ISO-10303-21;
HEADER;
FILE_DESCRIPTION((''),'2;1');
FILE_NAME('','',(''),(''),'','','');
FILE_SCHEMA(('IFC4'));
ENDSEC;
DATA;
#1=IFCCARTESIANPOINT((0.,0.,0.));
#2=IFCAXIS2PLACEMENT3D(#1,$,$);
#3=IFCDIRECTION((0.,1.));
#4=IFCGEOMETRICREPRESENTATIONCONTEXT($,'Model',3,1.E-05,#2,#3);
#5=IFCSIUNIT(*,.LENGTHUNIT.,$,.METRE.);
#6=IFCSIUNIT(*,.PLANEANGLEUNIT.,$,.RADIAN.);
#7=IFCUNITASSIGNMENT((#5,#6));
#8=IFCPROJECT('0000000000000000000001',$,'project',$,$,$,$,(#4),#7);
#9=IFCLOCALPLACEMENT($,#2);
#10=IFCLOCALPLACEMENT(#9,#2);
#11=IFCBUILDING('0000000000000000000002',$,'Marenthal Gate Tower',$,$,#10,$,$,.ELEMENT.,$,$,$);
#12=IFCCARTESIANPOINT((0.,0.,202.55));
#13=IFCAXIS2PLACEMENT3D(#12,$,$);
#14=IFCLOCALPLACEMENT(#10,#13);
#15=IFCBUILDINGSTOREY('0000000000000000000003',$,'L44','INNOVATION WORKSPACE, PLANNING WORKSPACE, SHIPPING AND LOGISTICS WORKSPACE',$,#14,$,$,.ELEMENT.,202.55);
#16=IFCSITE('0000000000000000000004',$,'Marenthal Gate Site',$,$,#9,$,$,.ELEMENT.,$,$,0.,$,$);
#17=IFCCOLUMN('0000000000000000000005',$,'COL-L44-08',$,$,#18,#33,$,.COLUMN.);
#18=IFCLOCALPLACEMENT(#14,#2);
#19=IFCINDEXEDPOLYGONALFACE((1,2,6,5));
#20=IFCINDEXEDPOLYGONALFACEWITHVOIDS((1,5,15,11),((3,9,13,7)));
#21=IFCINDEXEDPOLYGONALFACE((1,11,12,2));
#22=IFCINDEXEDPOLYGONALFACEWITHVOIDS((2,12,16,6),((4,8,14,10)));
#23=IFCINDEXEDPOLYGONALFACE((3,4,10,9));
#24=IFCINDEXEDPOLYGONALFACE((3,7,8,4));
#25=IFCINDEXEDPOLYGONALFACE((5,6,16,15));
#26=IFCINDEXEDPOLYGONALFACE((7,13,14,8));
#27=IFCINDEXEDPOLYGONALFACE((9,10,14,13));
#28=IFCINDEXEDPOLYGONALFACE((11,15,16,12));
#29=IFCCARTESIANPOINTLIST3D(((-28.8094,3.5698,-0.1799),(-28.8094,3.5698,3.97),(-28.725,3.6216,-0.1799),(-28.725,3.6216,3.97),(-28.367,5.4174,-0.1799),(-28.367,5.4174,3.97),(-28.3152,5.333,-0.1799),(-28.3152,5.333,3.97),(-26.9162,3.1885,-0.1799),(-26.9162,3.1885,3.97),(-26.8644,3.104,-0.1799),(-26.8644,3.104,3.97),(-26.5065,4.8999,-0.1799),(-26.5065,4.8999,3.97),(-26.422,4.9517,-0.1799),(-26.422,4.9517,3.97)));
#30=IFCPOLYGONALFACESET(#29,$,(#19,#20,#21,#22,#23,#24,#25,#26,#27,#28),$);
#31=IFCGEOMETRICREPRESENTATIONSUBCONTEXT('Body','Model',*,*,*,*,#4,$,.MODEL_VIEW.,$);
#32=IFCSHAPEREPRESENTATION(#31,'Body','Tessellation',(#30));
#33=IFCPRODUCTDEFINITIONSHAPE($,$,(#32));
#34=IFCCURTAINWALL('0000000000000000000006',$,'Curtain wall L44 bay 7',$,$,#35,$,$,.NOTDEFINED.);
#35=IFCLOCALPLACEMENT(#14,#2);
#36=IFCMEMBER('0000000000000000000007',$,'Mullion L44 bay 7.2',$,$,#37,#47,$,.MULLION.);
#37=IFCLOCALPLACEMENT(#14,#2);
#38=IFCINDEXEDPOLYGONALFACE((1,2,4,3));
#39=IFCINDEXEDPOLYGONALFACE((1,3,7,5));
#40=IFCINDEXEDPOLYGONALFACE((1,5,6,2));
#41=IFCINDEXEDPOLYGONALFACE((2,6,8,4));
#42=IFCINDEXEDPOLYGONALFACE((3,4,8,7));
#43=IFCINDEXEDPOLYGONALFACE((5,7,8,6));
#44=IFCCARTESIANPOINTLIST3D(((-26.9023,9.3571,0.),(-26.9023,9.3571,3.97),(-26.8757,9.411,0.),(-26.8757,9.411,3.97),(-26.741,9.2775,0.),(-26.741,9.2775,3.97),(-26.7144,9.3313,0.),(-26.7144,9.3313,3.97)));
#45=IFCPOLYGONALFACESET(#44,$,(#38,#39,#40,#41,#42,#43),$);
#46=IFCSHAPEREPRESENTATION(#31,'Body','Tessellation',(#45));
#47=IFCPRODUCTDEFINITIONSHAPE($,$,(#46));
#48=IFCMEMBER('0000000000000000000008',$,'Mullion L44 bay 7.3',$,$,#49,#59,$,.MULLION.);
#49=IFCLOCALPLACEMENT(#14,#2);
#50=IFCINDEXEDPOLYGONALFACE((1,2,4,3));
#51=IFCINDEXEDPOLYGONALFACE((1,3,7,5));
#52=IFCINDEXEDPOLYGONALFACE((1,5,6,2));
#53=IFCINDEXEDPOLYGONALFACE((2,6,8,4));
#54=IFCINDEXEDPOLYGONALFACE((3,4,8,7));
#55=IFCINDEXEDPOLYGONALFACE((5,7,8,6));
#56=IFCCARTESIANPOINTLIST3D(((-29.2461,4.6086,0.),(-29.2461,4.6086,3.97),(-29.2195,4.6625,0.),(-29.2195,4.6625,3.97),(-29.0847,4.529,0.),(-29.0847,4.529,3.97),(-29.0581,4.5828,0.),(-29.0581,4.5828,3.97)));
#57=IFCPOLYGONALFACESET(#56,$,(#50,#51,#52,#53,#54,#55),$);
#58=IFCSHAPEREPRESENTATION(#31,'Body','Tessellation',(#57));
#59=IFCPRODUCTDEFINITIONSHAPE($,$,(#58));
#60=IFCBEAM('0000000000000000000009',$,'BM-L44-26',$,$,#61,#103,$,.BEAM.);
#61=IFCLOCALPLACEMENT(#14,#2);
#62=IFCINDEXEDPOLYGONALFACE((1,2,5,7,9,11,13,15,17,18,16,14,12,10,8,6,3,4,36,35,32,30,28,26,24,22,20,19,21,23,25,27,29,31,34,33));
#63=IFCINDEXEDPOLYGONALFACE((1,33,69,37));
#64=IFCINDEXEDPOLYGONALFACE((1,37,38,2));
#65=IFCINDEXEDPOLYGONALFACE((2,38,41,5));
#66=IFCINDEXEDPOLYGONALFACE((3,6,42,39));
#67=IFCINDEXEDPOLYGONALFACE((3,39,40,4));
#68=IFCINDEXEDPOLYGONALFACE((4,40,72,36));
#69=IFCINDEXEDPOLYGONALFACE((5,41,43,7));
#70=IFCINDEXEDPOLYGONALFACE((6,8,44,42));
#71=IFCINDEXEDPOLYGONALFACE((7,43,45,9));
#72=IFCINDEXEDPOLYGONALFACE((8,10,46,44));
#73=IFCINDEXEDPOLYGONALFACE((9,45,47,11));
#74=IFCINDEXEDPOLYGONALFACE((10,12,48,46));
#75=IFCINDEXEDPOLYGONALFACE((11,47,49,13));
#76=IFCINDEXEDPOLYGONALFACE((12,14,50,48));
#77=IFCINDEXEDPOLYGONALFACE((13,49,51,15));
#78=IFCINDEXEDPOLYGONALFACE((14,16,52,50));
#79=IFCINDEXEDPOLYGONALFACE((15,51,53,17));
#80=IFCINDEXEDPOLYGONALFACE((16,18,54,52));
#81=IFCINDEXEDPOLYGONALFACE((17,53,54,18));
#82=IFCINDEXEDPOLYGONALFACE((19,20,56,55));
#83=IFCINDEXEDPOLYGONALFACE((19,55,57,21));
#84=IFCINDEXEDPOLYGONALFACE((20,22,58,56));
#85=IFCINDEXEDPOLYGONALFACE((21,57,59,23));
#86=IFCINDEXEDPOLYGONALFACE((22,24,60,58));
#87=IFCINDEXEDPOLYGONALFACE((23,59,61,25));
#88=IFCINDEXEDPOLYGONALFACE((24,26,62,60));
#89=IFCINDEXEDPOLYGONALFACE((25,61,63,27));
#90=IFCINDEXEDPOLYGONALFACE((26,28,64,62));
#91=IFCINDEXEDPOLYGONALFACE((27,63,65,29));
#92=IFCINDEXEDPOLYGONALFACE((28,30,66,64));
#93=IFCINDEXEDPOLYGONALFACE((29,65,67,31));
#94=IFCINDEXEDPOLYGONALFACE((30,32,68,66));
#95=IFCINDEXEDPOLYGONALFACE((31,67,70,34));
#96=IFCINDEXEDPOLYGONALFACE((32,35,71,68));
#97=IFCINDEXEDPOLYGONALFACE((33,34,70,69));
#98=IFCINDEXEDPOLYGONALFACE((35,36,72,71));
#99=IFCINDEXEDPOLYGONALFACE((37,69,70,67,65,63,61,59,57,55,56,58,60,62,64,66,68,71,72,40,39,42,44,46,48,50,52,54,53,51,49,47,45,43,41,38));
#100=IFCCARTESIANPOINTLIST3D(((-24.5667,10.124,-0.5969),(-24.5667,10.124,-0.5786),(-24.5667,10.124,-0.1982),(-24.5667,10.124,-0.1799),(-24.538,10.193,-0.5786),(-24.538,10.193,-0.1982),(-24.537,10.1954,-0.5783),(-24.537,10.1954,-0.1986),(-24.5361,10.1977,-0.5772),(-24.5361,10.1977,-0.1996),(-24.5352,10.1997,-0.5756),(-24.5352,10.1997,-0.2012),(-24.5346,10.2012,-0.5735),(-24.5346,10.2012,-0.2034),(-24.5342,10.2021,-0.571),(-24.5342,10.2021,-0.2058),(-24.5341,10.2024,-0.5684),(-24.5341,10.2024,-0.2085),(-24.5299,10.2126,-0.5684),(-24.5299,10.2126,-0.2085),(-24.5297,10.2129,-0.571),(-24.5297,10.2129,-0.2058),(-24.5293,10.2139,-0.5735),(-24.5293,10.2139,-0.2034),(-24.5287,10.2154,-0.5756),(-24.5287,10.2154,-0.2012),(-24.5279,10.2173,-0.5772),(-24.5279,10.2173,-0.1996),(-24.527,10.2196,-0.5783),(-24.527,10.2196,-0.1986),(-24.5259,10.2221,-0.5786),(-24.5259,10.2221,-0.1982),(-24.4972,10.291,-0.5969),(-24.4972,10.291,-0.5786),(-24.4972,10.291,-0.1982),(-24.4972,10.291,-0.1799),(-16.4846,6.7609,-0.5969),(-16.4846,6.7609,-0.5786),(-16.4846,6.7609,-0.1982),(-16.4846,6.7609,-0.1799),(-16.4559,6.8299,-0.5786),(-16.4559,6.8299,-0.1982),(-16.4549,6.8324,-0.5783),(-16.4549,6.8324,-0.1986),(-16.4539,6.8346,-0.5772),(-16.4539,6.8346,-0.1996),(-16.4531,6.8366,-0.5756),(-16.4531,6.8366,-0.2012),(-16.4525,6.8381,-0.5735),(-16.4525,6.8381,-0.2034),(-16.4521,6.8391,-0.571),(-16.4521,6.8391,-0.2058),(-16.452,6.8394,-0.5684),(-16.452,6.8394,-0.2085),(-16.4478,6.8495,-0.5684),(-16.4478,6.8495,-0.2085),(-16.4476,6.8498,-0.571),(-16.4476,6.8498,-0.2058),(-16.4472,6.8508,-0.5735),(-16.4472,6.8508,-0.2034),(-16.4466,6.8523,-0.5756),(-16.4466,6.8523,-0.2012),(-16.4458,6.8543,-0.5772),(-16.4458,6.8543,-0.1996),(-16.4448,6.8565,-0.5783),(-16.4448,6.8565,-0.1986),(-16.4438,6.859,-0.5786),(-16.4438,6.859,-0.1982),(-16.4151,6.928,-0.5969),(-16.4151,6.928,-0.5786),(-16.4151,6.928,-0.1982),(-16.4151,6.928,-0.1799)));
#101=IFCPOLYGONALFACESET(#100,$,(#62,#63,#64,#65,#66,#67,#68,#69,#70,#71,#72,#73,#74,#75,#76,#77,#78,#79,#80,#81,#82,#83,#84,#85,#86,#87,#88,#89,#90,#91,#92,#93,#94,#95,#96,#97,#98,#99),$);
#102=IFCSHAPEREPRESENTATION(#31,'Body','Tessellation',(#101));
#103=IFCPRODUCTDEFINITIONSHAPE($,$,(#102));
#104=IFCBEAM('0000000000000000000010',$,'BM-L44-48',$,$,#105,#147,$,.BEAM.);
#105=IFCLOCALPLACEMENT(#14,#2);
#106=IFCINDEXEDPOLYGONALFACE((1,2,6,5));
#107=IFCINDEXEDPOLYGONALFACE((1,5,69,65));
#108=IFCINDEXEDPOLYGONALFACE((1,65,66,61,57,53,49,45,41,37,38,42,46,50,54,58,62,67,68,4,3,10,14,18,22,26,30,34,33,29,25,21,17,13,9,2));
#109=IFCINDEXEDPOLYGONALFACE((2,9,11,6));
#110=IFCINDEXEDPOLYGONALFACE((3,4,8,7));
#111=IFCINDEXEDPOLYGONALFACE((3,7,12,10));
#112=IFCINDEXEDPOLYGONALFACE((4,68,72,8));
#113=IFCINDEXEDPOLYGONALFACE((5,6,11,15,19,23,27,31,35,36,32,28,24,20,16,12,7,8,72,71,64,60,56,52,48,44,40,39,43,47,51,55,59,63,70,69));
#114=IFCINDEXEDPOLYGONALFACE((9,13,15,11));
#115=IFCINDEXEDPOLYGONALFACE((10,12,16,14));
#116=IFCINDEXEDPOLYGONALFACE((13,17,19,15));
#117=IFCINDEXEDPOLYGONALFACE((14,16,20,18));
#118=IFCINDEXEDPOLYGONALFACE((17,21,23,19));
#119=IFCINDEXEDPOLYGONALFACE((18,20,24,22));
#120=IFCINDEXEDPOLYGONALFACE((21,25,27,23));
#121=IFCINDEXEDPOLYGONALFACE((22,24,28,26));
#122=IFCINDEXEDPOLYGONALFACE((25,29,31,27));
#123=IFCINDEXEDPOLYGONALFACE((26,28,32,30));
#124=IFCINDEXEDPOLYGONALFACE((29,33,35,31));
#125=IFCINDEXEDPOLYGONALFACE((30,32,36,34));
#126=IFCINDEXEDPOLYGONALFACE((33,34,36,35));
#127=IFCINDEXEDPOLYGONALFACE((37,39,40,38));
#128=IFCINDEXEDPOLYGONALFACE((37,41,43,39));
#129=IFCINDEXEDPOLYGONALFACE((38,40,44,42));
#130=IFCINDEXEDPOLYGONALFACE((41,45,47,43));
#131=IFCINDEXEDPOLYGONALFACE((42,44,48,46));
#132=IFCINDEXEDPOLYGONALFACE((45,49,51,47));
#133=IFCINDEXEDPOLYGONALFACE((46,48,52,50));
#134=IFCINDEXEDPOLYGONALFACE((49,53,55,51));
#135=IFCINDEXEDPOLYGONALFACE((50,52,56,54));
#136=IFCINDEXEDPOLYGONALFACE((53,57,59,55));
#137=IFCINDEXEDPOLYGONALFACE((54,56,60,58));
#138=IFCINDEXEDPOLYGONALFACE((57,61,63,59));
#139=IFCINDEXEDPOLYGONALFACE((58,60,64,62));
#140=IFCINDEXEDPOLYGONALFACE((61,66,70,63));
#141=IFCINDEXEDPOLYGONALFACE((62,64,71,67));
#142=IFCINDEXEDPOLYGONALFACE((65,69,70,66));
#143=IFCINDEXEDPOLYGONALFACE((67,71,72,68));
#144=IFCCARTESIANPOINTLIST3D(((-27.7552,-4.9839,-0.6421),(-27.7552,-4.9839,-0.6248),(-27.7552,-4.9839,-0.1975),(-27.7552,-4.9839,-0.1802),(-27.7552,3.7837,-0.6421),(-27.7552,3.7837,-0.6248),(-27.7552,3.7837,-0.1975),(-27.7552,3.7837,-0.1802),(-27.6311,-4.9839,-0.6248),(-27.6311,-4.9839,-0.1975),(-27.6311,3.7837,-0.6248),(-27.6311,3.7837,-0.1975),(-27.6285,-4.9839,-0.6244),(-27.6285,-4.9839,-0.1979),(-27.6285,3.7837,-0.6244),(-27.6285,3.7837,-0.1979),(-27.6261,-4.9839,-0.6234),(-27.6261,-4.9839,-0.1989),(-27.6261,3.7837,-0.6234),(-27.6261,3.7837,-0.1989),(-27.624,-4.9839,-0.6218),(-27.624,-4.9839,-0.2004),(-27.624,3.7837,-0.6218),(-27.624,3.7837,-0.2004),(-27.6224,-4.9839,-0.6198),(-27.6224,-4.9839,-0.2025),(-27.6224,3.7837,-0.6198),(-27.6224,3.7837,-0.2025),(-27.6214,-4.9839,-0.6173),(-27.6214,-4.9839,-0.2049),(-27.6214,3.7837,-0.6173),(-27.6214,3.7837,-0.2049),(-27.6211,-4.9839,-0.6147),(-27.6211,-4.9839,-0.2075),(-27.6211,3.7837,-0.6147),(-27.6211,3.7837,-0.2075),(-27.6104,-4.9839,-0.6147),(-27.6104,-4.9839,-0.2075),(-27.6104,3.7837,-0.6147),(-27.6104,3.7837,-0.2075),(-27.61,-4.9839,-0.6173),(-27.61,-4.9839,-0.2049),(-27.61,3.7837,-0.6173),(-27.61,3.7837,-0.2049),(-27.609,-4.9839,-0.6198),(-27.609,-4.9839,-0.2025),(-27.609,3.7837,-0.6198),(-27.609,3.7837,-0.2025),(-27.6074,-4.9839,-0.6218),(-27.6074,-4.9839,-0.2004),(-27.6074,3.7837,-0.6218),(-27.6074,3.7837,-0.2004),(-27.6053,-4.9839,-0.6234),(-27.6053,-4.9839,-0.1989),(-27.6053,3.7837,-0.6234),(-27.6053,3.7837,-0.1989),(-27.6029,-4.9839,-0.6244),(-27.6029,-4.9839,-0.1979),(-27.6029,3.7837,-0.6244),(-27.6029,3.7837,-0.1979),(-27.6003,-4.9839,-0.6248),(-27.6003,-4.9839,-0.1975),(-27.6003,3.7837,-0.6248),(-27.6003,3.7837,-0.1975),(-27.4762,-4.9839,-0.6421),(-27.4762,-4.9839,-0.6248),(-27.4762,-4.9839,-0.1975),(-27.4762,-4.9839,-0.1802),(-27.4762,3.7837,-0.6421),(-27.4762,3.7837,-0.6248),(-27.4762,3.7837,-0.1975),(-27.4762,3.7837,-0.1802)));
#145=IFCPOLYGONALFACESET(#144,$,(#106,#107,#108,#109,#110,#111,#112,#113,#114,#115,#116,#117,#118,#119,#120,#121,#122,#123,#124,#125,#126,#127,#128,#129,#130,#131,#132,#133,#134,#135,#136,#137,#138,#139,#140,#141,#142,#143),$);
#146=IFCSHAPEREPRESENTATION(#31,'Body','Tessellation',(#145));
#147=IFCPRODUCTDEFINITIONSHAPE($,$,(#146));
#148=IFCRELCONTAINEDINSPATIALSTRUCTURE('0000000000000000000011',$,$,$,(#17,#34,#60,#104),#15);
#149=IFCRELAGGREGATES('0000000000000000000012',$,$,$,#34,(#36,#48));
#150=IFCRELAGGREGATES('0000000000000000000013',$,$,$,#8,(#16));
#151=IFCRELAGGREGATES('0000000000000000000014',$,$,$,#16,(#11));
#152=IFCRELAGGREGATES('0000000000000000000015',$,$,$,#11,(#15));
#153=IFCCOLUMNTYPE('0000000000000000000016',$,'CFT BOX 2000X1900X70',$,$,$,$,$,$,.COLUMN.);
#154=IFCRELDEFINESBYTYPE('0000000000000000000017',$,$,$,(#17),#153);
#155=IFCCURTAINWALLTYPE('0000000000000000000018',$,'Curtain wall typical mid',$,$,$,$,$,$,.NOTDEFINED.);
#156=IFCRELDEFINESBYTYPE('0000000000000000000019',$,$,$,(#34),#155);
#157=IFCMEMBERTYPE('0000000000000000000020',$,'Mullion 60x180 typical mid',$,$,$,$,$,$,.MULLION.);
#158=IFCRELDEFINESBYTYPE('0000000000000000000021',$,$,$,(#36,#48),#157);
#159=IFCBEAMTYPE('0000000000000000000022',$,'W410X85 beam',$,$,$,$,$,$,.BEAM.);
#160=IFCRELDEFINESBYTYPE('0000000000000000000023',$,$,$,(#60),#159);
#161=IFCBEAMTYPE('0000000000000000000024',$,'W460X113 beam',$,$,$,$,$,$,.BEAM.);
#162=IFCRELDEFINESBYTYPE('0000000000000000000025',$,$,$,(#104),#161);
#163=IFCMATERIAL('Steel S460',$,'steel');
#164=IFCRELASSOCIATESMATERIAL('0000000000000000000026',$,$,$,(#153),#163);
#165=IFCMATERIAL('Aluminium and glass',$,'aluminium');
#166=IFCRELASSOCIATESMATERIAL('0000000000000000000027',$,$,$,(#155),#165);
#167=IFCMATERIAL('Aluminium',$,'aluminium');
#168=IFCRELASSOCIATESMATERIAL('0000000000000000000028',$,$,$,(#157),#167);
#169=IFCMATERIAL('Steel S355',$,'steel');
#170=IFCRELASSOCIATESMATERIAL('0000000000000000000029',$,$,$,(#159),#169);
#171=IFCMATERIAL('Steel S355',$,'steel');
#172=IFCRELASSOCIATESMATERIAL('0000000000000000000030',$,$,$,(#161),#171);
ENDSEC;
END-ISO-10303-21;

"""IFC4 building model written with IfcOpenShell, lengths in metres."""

from ifc_helpers import new_model, si_unit, direction, frame, origin, origin_2d, place, context, subcontext, project, spatial, rectangle, hollow_rectangle, i_section, extrude, material, material_profile, profile_set, type_object, element, aggregate, save


model = new_model("IFC4")

# Units and contexts
model_context = context("Model", 3, precision=1e-05, world=origin(), true_north=direction((0.0, 1.0)))
body_context = subcontext(model_context, "Body", "Model", "MODEL_VIEW")
ifc_project = project(units=[si_unit("LENGTHUNIT", "METRE"), si_unit("PLANEANGLEUNIT", "RADIAN")], contexts=[model_context])

# Site, building, storey
site_placement = place(None, origin())
site = spatial("IfcSite", under=ifc_project, at=site_placement, Name="Marenthal Gate Site", CompositionType="ELEMENT", RefElevation=0.0)
building_placement = place(site_placement, origin())
building = spatial("IfcBuilding", under=site, at=building_placement, Name="Marenthal Gate Tower", CompositionType="ELEMENT")
storey_placement = place(building_placement, frame((0.0, 0.0, 202.55)))
storey = spatial("IfcBuildingStorey", under=building, at=storey_placement, Name="L44", Description="INNOVATION WORKSPACE, PLANNING WORKSPACE, SHIPPING AND LOGISTICS WORKSPACE", CompositionType="ELEMENT", Elevation=202.55)

# Column
ifc_material_1 = material(Name="Steel S460", Category="steel")
ifc_material_profile_1 = material_profile(ifc_material_1, hollow_rectangle(XDim=1.8999, YDim=2.0, WallThickness=0.0701, at=origin_2d()), Name="CFT BOX 2000X1900X70")
ifc_material_2 = material(Name="Concrete 70 MPa", Category="concrete")
ifc_material_profile_2 = material_profile(ifc_material_2, rectangle(XDim=1.76, YDim=1.8601, at=origin_2d()), Name="CFT BOX 2000X1900X70 INFILL")
ifc_profile_set_1 = profile_set([ifc_material_profile_1, ifc_material_profile_2], Name="Steel S460 shell, Concrete 70 MPa infill")
column_type = type_object("IfcColumnType", Name="CFT BOX 2000X1900X70", PredefinedType="COLUMN", material=ifc_profile_set_1)
column_placement = place(storey_placement, frame((-27.6157, 4.2607, -0.1799), z_axis=(0.0, 0.0, 1.0), x_axis=(0.232863, 0.972509, 0.0)))
element("IfcColumn", 1, at=column_placement, inside=storey, type_object=column_type, Name="COL-L44-08", PredefinedType="COLUMN", context=body_context, shape_type="SweptSolid", body=[
    extrude(hollow_rectangle(XDim=1.8999, YDim=2.0, WallThickness=0.0701, at=origin_2d()), origin(), (0.0, 0.0, 1.0), 4.1499),
])

# Curtain wall, members
ifc_material_3 = material(Name="Aluminium and glass", Category="aluminium")
curtain_wall_type = type_object("IfcCurtainWallType", Name="Curtain wall typical mid", PredefinedType="NOTDEFINED", material=ifc_material_3)
curtain_wall_placement = place(storey_placement, origin())
curtain_wall = element("IfcCurtainWall", 2, at=curtain_wall_placement, inside=storey, type_object=curtain_wall_type, Name="Curtain wall L44 bay 7", PredefinedType="NOTDEFINED")
ifc_material_4 = material(Name="Aluminium", Category="aluminium")
ifc_material_profile_3 = material_profile(ifc_material_4, rectangle(XDim=0.1799, YDim=0.0601, at=origin_2d()), Name="60x180 aluminium mullion")
ifc_profile_set_2 = profile_set([ifc_material_profile_3], Name="Aluminium")
member_type = type_object("IfcMemberType", Name="Mullion 60x180 typical mid", PredefinedType="MULLION", material=ifc_profile_set_2)
member_1_placement = place(storey_placement, frame((-26.8083, 9.3442, 0.0), z_axis=(0.0, 0.0, 1.0), x_axis=(0.896716, -0.442607, 0.0)))
member_1 = element("IfcMember", 3, at=member_1_placement, type_object=member_type, Name="Mullion L44 bay 7.2", PredefinedType="MULLION", context=body_context, shape_type="SweptSolid", body=[
    extrude(rectangle(XDim=0.1799, YDim=0.0601, at=origin_2d()), origin(), (0.0, 0.0, 1.0), 3.97),
])
member_2_placement = place(storey_placement, frame((-29.1521, 4.5957, 0.0), z_axis=(0.0, 0.0, 1.0), x_axis=(0.896716, -0.442607, 0.0)))
member_2 = element("IfcMember", 4, at=member_2_placement, type_object=member_type, Name="Mullion L44 bay 7.3", PredefinedType="MULLION", context=body_context, shape_type="SweptSolid", body=[
    extrude(rectangle(XDim=0.1799, YDim=0.0601, at=origin_2d()), origin(), (0.0, 0.0, 1.0), 3.97),
])

# Beams
ifc_material_5 = material(Name="Steel S355", Category="steel")
ifc_material_profile_4 = material_profile(ifc_material_5, i_section(OverallWidth=0.1809, OverallDepth=0.417, WebThickness=0.011, FlangeThickness=0.0183, FilletRadius=0.0103, at=origin_2d()), Name="W410X85")
ifc_profile_set_3 = profile_set([ifc_material_profile_4], Name="Steel S355")
beam_type_1 = type_object("IfcBeamType", Name="W410X85 beam", PredefinedType="BEAM", material=ifc_profile_set_3)
beam_1_placement = place(storey_placement, frame((-24.532, 10.2075, -0.3884), z_axis=(0.923258, -0.38418, 0.0), x_axis=(0.38418, 0.923258, 0.0)))
element("IfcBeam", 5, at=beam_1_placement, inside=storey, type_object=beam_type_1, Name="BM-L44-26", PredefinedType="BEAM", context=body_context, shape_type="SweptSolid", body=[
    extrude(i_section(OverallWidth=0.1809, OverallDepth=0.417, WebThickness=0.011, FlangeThickness=0.0183, FilletRadius=0.0103, at=origin_2d()), origin(), (0.0, 0.0, 1.0), 8.7539),
])
ifc_material_6 = material(Name="Steel S355", Category="steel")
ifc_material_profile_5 = material_profile(ifc_material_6, i_section(OverallWidth=0.2791, OverallDepth=0.4619, WebThickness=0.0107, FlangeThickness=0.0173, FilletRadius=0.01, at=origin_2d()), Name="W460X113")
ifc_profile_set_4 = profile_set([ifc_material_profile_5], Name="Steel S355")
beam_type_2 = type_object("IfcBeamType", Name="W460X113 beam", PredefinedType="BEAM", material=ifc_profile_set_4)
beam_2_placement = place(storey_placement, frame((-27.6157, 3.7837, -0.4111), z_axis=(0.0, -1.0, 0.0), x_axis=(1.0, 0.0, 0.0)))
element("IfcBeam", 6, at=beam_2_placement, inside=storey, type_object=beam_type_2, Name="BM-L44-48", PredefinedType="BEAM", context=body_context, shape_type="SweptSolid", body=[
    extrude(i_section(OverallWidth=0.2791, OverallDepth=0.4619, WebThickness=0.0107, FlangeThickness=0.0173, FilletRadius=0.01, at=origin_2d()), origin(), (0.0, 0.0, 1.0), 8.7676),
])

aggregate(curtain_wall, [member_1, member_2])

save(model, "model.ifc")
